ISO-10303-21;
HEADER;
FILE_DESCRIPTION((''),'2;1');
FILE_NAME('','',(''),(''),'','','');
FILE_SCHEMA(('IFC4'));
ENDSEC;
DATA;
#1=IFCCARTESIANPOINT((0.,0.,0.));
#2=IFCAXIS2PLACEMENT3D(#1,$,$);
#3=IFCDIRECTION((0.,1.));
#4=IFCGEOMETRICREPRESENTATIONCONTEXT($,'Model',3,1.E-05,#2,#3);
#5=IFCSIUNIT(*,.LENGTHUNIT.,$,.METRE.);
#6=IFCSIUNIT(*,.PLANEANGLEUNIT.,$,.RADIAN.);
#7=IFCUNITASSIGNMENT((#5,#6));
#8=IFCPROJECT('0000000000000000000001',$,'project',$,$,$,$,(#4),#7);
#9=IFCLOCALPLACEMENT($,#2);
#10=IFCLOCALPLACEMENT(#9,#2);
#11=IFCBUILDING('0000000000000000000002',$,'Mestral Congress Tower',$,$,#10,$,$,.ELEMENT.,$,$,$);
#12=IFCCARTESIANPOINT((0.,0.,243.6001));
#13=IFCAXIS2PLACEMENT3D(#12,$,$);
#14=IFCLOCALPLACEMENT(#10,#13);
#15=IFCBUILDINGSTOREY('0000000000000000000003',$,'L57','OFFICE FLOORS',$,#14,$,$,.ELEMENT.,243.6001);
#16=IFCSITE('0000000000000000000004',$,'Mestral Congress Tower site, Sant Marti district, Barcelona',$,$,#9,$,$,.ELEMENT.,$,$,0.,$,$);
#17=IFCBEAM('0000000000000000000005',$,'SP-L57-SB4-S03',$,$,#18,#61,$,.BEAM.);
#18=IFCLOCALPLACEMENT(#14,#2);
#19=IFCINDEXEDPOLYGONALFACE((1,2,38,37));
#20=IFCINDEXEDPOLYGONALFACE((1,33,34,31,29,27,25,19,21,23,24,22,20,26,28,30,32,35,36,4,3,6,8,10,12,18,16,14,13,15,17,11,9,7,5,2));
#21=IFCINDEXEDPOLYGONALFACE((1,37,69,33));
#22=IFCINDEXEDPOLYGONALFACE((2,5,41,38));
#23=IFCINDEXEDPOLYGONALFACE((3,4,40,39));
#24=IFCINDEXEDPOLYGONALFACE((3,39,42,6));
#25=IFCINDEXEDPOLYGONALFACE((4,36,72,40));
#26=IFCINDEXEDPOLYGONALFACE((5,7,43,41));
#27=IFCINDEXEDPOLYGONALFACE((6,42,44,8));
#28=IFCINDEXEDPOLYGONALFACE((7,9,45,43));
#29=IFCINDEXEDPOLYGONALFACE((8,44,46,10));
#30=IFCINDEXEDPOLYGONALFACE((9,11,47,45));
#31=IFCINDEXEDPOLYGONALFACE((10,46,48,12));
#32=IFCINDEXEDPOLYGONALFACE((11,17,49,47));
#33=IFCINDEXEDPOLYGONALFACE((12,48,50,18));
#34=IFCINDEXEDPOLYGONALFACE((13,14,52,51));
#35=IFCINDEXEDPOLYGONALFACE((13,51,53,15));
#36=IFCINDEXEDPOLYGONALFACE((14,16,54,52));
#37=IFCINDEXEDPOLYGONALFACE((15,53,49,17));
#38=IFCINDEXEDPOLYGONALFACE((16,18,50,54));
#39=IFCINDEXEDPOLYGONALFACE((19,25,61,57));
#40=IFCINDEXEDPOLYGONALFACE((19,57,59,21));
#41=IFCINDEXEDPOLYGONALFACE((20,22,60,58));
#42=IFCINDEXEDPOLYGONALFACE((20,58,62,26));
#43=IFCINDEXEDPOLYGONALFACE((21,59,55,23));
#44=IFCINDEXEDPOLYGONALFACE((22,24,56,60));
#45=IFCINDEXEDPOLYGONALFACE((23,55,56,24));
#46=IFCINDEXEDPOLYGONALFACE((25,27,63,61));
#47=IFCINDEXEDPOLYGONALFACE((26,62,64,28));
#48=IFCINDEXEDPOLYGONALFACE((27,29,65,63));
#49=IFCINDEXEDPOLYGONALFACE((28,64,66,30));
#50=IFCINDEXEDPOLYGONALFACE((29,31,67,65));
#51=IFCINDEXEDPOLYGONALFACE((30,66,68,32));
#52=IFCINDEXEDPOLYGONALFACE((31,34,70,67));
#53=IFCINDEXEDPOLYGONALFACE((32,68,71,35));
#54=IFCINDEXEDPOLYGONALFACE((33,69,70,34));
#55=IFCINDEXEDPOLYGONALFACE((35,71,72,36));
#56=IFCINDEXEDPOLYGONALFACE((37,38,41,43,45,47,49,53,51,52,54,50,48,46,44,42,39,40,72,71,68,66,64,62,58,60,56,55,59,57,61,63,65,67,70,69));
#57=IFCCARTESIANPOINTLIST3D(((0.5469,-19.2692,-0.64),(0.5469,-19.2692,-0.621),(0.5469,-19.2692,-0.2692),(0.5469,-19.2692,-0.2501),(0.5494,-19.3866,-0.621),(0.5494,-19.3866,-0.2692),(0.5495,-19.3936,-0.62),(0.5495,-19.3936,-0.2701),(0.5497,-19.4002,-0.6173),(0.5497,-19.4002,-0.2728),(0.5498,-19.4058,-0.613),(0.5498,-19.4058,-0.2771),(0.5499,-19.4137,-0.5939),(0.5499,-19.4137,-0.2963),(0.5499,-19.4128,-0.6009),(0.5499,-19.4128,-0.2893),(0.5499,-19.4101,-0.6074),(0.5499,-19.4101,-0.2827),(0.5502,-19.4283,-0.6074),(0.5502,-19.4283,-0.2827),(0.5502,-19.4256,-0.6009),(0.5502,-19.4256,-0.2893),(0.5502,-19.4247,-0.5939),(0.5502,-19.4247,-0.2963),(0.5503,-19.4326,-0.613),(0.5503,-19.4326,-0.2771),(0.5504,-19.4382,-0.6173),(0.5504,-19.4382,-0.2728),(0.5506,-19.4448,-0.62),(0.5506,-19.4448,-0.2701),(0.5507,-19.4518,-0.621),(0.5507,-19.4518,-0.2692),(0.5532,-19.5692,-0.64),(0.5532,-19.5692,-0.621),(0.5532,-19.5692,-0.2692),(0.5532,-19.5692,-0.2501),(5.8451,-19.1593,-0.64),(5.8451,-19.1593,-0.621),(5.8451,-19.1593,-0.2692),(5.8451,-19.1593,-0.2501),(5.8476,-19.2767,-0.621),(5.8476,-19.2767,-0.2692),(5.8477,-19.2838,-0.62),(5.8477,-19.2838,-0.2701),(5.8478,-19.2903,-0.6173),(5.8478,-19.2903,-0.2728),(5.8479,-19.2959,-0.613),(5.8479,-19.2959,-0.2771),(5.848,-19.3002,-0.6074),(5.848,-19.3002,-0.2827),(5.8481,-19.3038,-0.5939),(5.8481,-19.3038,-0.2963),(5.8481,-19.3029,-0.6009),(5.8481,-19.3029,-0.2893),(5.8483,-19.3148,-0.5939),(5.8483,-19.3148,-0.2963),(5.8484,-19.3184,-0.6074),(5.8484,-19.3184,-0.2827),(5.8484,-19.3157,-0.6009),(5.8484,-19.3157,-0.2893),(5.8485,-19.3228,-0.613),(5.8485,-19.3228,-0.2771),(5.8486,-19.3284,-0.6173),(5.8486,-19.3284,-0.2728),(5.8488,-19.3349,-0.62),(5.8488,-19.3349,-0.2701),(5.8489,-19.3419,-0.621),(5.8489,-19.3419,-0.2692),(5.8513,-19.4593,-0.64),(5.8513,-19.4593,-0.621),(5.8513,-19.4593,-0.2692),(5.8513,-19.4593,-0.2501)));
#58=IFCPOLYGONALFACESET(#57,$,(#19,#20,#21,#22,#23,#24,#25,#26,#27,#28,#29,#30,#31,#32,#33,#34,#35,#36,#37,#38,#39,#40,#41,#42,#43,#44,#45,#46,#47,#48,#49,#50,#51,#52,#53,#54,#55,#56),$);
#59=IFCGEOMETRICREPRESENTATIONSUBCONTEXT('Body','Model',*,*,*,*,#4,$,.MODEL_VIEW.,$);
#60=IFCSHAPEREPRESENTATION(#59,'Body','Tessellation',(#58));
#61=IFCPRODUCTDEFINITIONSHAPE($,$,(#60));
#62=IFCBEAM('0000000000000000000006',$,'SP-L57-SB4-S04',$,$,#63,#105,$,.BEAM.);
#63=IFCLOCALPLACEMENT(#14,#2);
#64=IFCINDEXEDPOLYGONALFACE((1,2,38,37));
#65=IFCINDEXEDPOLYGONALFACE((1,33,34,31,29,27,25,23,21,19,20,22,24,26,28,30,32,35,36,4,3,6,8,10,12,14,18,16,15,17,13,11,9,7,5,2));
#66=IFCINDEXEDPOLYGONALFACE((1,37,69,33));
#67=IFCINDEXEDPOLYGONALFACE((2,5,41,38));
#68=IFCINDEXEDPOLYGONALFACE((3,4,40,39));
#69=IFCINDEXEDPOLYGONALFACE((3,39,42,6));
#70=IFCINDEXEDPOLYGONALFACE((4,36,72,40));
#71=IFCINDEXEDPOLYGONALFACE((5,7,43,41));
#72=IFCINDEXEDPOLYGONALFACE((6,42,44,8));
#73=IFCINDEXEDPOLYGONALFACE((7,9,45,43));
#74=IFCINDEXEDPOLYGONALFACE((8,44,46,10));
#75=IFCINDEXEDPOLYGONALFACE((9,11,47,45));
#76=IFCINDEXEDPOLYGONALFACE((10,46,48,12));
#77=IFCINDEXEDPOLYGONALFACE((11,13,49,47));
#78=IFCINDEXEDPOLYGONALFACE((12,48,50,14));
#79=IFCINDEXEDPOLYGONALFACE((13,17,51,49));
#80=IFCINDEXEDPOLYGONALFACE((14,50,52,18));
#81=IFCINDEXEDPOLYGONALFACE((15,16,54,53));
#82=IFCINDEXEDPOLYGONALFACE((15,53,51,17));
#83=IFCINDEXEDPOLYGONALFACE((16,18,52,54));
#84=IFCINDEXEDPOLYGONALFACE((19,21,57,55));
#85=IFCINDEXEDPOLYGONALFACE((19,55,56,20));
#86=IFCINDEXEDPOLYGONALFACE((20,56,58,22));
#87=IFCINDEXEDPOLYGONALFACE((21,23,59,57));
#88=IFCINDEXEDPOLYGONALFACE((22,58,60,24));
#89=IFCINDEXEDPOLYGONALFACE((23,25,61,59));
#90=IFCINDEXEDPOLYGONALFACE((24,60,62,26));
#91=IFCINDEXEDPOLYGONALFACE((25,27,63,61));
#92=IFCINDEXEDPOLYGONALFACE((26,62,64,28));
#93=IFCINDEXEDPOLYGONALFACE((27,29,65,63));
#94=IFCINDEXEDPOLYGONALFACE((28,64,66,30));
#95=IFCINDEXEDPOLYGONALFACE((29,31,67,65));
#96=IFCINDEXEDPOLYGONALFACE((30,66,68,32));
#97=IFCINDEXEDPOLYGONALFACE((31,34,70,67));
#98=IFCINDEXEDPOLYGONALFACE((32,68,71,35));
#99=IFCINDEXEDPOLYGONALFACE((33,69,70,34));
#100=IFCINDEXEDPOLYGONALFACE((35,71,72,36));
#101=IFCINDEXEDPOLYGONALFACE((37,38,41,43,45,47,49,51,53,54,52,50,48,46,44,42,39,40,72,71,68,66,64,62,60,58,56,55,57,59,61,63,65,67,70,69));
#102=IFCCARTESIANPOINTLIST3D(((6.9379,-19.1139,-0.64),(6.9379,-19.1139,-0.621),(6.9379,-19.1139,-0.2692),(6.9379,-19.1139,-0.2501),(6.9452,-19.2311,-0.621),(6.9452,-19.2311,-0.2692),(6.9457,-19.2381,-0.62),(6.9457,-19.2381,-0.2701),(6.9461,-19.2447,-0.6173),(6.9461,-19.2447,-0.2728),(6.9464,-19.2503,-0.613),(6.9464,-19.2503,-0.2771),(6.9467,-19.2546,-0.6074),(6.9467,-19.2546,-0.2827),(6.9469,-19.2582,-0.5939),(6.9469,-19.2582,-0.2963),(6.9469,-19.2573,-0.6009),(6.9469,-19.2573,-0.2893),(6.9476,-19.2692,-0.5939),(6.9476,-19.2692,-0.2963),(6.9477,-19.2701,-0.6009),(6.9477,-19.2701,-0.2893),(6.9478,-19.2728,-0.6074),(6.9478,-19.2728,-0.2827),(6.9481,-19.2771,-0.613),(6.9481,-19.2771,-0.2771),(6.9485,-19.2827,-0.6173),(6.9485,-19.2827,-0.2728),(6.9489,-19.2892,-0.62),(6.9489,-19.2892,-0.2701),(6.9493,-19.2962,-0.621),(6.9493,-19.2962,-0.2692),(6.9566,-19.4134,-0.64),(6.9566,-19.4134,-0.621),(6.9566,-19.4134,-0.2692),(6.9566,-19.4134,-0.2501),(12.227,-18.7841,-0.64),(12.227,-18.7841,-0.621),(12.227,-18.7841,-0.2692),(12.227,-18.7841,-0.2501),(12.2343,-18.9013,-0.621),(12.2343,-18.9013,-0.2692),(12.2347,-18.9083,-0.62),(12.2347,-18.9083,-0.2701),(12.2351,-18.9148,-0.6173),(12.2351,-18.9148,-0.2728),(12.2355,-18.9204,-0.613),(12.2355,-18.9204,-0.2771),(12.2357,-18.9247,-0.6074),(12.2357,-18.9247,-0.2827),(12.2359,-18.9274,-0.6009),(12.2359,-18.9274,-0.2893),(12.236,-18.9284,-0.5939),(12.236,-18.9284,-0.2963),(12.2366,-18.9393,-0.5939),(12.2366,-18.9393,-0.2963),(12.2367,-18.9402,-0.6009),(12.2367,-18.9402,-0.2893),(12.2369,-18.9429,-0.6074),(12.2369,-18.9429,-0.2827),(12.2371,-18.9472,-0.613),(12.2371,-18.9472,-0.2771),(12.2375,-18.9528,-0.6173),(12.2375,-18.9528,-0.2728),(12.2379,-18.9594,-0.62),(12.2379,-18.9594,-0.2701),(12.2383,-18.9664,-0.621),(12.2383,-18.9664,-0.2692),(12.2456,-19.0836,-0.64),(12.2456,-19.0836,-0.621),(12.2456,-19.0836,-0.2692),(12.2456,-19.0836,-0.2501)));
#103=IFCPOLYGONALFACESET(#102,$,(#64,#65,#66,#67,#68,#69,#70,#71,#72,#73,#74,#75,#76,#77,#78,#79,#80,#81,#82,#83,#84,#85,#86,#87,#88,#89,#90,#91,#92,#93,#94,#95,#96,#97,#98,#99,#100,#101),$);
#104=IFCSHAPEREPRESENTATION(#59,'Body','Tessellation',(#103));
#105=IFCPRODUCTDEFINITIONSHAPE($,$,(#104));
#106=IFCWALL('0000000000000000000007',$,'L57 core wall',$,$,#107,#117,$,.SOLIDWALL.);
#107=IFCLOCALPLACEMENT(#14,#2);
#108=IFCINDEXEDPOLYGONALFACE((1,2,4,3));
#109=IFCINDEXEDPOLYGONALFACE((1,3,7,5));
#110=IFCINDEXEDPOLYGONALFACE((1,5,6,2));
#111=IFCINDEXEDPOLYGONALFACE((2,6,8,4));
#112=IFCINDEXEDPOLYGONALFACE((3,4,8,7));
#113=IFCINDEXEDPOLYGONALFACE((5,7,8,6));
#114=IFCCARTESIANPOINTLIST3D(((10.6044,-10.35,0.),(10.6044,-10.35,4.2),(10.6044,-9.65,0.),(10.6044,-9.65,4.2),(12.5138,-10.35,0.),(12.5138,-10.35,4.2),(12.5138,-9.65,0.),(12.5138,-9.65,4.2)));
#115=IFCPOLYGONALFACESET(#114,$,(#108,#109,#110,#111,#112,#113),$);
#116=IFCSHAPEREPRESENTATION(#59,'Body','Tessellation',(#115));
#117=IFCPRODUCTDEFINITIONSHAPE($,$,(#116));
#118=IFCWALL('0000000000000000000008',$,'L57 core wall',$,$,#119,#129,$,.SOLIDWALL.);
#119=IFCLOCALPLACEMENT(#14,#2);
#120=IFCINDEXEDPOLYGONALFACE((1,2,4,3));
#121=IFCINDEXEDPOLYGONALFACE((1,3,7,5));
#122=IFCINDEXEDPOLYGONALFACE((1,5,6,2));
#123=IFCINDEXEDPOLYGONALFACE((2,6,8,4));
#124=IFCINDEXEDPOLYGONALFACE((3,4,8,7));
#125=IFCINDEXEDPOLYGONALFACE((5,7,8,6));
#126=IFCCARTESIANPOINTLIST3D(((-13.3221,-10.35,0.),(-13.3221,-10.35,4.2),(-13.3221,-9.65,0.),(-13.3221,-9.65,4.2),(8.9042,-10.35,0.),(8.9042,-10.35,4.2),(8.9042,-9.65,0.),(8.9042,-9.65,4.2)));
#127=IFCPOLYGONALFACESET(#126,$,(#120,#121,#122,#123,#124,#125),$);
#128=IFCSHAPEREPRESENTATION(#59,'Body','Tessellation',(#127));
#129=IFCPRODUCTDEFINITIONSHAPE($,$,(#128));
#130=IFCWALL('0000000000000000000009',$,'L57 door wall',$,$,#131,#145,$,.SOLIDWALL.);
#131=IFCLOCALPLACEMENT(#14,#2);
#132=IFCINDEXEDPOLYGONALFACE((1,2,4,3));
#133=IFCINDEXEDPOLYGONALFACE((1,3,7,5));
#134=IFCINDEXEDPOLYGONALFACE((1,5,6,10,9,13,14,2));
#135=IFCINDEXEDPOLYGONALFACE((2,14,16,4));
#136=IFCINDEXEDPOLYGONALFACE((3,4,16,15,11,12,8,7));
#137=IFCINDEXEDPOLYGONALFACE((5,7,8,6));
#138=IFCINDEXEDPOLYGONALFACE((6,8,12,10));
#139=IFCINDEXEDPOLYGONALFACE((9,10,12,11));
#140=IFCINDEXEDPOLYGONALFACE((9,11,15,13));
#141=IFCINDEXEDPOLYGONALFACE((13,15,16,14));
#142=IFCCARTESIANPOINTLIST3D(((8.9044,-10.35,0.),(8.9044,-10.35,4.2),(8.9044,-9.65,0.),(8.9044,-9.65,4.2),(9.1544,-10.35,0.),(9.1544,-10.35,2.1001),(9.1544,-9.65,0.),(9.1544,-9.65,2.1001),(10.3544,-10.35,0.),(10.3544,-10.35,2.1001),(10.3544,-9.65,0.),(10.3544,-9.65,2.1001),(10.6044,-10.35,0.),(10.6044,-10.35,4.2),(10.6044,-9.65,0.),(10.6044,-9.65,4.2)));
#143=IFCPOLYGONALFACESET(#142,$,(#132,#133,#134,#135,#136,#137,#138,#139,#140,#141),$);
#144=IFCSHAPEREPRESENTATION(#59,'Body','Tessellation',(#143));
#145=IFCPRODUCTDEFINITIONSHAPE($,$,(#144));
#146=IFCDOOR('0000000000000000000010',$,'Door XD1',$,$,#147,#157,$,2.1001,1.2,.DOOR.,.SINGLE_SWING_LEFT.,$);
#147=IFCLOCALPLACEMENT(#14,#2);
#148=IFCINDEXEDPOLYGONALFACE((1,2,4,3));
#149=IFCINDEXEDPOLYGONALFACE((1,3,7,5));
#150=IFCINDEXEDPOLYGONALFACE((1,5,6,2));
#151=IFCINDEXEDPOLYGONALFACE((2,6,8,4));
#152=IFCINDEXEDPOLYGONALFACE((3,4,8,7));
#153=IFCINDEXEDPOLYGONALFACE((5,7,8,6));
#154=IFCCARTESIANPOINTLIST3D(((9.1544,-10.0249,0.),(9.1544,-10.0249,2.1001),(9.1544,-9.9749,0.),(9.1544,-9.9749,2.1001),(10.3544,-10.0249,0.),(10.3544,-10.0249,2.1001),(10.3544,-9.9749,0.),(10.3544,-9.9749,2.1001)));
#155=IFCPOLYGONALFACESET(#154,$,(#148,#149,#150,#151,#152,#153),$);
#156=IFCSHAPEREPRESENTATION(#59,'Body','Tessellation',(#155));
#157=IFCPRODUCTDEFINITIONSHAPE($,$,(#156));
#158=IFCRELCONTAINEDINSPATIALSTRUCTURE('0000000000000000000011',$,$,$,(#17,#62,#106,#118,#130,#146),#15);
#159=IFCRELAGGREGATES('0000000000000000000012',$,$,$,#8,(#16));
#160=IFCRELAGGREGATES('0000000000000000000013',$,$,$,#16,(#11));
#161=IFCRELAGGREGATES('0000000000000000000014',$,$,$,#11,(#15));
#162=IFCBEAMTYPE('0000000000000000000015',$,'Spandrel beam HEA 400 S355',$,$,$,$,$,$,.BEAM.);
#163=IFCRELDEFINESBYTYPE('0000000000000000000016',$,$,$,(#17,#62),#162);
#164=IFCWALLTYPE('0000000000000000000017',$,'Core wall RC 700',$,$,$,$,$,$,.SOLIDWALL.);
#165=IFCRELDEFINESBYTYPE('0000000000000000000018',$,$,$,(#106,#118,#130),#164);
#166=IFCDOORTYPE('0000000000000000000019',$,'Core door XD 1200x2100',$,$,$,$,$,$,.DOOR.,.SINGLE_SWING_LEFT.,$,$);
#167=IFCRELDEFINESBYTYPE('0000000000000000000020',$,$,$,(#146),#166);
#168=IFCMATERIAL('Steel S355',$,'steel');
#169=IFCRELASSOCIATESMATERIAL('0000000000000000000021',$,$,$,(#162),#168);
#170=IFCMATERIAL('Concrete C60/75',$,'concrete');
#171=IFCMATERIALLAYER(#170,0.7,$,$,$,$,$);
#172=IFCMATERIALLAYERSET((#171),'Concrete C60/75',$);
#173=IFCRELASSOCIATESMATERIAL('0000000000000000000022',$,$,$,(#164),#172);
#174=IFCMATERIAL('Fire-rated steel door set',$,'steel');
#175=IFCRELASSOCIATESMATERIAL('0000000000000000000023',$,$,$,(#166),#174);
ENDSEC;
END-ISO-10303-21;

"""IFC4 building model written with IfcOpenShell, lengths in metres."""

from ifc_helpers import new_model, si_unit, direction, frame, frame_2d, origin, origin_2d, place, context, subcontext, project, spatial, rectangle, i_section, extrude, material, layer, layer_set, material_profile, profile_set, type_object, element, fill, save


model = new_model("IFC4")

# Units and contexts
model_context = context("Model", 3, precision=1e-05, world=origin(), true_north=direction((0.0, 1.0)))
body_context = subcontext(model_context, "Body", "Model", "MODEL_VIEW")
ifc_project = project(units=[si_unit("LENGTHUNIT", "METRE"), si_unit("PLANEANGLEUNIT", "RADIAN")], contexts=[model_context])

# Site, building, storey
site_placement = place(None, origin())
site = spatial("IfcSite", under=ifc_project, at=site_placement, Name="Mestral Congress Tower site, Sant Marti district, Barcelona", CompositionType="ELEMENT", RefElevation=0.0)
building_placement = place(site_placement, origin())
building = spatial("IfcBuilding", under=site, at=building_placement, Name="Mestral Congress Tower", CompositionType="ELEMENT")
storey_placement = place(building_placement, frame((0.0, 0.0, 243.6001)))
storey = spatial("IfcBuildingStorey", under=building, at=storey_placement, Name="L57", Description="OFFICE FLOORS", CompositionType="ELEMENT", Elevation=243.6001)

# Shared definitions
ifc_material_1 = material(Name="Concrete C60/75", Category="concrete")

# Beams
ifc_material_2 = material(Name="Steel S355", Category="steel")
ifc_material_profile_1 = material_profile(ifc_material_2, i_section(OverallWidth=0.3, OverallDepth=0.3899, WebThickness=0.011, FlangeThickness=0.019, FilletRadius=0.0271, at=origin_2d()), Name="HEA 400")
ifc_profile_set_1 = profile_set([ifc_material_profile_1], Name="Steel S355")
beam_type_1 = type_object("IfcBeamType", Name="Spandrel beam HEA 400 S355", PredefinedType="BEAM", material=ifc_profile_set_1)
for number, where, z_axis, x_axis, name in (
    (1, (0.55, -19.4192, -0.4451), (0.999785, 0.020732, 0.0), (-0.020732, 0.999785, 0.0), "SP-L57-SB4-S03"),
    (2, (6.9473, -19.2637, -0.4451), (0.998061, 0.062241, 0.0), (-0.062241, 0.998061, 0.0), "SP-L57-SB4-S04"),
):
    element("IfcBeam", number, at=place(storey_placement, frame(where, z_axis=z_axis, x_axis=x_axis)), inside=storey, type_object=beam_type_1, Name=name, PredefinedType="BEAM", context=body_context, shape_type="SweptSolid", body=[
        extrude(i_section(OverallWidth=0.3, OverallDepth=0.3899, WebThickness=0.011, FlangeThickness=0.019, FilletRadius=0.0271, at=origin_2d()), origin(), (0.0, 0.0, 1.0), 5.2993),
    ])

# Walls
ifc_layer_1 = layer(ifc_material_1, 0.7)
ifc_layer_set_1 = layer_set([ifc_layer_1], Name="Concrete C60/75")
wall_type_1 = type_object("IfcWallType", Name="Core wall RC 700", PredefinedType="SOLIDWALL", material=ifc_layer_set_1)
wall_1_placement = place(storey_placement, frame((10.6045, -10.0, 0.0), z_axis=(0.0, 0.0, 1.0), x_axis=(1.0, 0.0, 0.0)))
element("IfcWall", 3, at=wall_1_placement, inside=storey, type_object=wall_type_1, Name="L57 core wall", PredefinedType="SOLIDWALL", context=body_context, shape_type="SweptSolid", body=[
    extrude(rectangle(XDim=1.9094, YDim=0.7, at=frame_2d((0.9546, 0.0))), origin(), (0.0, 0.0, 1.0), 4.2),
])
wall_2_placement = place(storey_placement, frame((8.9043, -10.0, 0.0), z_axis=(0.0, 0.0, 1.0), x_axis=(-1.0, 0.0, 0.0)))
element("IfcWall", 4, at=wall_2_placement, inside=storey, type_object=wall_type_1, Name="L57 core wall", PredefinedType="SOLIDWALL", context=body_context, shape_type="SweptSolid", body=[
    extrude(rectangle(XDim=22.2263, YDim=0.7, at=frame_2d((11.1133, 0.0))), origin(), (0.0, 0.0, 1.0), 4.2),
])

# Wall, opening, door
wall_3_placement = place(storey_placement, frame((10.6045, -10.0, 0.0), z_axis=(0.0, 0.0, 1.0), x_axis=(-1.0, 0.0, 0.0)))
wall_3 = element("IfcWall", 5, at=wall_3_placement, inside=storey, type_object=wall_type_1, Name="L57 door wall", PredefinedType="SOLIDWALL", context=body_context, shape_type="SweptSolid", body=[
    extrude(rectangle(XDim=1.7, YDim=0.7, at=frame_2d((0.8501, 0.0))), origin(), (0.0, 0.0, 1.0), 4.2),
])
opening_1_placement = place(wall_3_placement, frame((0.25, 0.0, 0.0)))
opening_1 = element("IfcOpeningElement", 6, at=opening_1_placement, cuts=wall_3, PredefinedType="OPENING", context=body_context, shape_type="SweptSolid", body=[
    extrude(rectangle(XDim=1.2, YDim=2.1001, at=frame_2d((0.6001, 1.05))), frame((0.0, 0.3599, 0.0), z_axis=(0.0, -1.0, 0.0), x_axis=(1.0, 0.0, 0.0)), (0.0, 0.0, 1.0), 0.72),
])
ifc_material_3 = material(Name="Fire-rated steel door set", Category="steel")
door_type_1 = type_object("IfcDoorType", Name="Core door XD 1200x2100", OperationType="SINGLE_SWING_LEFT", PredefinedType="DOOR", material=ifc_material_3)
door_1_placement = place(opening_1_placement, origin())
door_1 = element("IfcDoor", 7, at=door_1_placement, inside=storey, type_object=door_type_1, Name="Door XD1", OperationType="SINGLE_SWING_LEFT", OverallHeight=2.1001, OverallWidth=1.2, PredefinedType="DOOR", context=body_context, shape_type="SweptSolid", body=[
    extrude(rectangle(XDim=1.2, YDim=2.1001, at=frame_2d((0.6001, 1.05))), frame((0.0, 0.0249, 0.0), z_axis=(0.0, -1.0, 0.0), x_axis=(1.0, 0.0, 0.0)), (0.0, 0.0, 1.0), 0.05),
])
fill(opening_1, door_1)

save(model, "model.ifc")
